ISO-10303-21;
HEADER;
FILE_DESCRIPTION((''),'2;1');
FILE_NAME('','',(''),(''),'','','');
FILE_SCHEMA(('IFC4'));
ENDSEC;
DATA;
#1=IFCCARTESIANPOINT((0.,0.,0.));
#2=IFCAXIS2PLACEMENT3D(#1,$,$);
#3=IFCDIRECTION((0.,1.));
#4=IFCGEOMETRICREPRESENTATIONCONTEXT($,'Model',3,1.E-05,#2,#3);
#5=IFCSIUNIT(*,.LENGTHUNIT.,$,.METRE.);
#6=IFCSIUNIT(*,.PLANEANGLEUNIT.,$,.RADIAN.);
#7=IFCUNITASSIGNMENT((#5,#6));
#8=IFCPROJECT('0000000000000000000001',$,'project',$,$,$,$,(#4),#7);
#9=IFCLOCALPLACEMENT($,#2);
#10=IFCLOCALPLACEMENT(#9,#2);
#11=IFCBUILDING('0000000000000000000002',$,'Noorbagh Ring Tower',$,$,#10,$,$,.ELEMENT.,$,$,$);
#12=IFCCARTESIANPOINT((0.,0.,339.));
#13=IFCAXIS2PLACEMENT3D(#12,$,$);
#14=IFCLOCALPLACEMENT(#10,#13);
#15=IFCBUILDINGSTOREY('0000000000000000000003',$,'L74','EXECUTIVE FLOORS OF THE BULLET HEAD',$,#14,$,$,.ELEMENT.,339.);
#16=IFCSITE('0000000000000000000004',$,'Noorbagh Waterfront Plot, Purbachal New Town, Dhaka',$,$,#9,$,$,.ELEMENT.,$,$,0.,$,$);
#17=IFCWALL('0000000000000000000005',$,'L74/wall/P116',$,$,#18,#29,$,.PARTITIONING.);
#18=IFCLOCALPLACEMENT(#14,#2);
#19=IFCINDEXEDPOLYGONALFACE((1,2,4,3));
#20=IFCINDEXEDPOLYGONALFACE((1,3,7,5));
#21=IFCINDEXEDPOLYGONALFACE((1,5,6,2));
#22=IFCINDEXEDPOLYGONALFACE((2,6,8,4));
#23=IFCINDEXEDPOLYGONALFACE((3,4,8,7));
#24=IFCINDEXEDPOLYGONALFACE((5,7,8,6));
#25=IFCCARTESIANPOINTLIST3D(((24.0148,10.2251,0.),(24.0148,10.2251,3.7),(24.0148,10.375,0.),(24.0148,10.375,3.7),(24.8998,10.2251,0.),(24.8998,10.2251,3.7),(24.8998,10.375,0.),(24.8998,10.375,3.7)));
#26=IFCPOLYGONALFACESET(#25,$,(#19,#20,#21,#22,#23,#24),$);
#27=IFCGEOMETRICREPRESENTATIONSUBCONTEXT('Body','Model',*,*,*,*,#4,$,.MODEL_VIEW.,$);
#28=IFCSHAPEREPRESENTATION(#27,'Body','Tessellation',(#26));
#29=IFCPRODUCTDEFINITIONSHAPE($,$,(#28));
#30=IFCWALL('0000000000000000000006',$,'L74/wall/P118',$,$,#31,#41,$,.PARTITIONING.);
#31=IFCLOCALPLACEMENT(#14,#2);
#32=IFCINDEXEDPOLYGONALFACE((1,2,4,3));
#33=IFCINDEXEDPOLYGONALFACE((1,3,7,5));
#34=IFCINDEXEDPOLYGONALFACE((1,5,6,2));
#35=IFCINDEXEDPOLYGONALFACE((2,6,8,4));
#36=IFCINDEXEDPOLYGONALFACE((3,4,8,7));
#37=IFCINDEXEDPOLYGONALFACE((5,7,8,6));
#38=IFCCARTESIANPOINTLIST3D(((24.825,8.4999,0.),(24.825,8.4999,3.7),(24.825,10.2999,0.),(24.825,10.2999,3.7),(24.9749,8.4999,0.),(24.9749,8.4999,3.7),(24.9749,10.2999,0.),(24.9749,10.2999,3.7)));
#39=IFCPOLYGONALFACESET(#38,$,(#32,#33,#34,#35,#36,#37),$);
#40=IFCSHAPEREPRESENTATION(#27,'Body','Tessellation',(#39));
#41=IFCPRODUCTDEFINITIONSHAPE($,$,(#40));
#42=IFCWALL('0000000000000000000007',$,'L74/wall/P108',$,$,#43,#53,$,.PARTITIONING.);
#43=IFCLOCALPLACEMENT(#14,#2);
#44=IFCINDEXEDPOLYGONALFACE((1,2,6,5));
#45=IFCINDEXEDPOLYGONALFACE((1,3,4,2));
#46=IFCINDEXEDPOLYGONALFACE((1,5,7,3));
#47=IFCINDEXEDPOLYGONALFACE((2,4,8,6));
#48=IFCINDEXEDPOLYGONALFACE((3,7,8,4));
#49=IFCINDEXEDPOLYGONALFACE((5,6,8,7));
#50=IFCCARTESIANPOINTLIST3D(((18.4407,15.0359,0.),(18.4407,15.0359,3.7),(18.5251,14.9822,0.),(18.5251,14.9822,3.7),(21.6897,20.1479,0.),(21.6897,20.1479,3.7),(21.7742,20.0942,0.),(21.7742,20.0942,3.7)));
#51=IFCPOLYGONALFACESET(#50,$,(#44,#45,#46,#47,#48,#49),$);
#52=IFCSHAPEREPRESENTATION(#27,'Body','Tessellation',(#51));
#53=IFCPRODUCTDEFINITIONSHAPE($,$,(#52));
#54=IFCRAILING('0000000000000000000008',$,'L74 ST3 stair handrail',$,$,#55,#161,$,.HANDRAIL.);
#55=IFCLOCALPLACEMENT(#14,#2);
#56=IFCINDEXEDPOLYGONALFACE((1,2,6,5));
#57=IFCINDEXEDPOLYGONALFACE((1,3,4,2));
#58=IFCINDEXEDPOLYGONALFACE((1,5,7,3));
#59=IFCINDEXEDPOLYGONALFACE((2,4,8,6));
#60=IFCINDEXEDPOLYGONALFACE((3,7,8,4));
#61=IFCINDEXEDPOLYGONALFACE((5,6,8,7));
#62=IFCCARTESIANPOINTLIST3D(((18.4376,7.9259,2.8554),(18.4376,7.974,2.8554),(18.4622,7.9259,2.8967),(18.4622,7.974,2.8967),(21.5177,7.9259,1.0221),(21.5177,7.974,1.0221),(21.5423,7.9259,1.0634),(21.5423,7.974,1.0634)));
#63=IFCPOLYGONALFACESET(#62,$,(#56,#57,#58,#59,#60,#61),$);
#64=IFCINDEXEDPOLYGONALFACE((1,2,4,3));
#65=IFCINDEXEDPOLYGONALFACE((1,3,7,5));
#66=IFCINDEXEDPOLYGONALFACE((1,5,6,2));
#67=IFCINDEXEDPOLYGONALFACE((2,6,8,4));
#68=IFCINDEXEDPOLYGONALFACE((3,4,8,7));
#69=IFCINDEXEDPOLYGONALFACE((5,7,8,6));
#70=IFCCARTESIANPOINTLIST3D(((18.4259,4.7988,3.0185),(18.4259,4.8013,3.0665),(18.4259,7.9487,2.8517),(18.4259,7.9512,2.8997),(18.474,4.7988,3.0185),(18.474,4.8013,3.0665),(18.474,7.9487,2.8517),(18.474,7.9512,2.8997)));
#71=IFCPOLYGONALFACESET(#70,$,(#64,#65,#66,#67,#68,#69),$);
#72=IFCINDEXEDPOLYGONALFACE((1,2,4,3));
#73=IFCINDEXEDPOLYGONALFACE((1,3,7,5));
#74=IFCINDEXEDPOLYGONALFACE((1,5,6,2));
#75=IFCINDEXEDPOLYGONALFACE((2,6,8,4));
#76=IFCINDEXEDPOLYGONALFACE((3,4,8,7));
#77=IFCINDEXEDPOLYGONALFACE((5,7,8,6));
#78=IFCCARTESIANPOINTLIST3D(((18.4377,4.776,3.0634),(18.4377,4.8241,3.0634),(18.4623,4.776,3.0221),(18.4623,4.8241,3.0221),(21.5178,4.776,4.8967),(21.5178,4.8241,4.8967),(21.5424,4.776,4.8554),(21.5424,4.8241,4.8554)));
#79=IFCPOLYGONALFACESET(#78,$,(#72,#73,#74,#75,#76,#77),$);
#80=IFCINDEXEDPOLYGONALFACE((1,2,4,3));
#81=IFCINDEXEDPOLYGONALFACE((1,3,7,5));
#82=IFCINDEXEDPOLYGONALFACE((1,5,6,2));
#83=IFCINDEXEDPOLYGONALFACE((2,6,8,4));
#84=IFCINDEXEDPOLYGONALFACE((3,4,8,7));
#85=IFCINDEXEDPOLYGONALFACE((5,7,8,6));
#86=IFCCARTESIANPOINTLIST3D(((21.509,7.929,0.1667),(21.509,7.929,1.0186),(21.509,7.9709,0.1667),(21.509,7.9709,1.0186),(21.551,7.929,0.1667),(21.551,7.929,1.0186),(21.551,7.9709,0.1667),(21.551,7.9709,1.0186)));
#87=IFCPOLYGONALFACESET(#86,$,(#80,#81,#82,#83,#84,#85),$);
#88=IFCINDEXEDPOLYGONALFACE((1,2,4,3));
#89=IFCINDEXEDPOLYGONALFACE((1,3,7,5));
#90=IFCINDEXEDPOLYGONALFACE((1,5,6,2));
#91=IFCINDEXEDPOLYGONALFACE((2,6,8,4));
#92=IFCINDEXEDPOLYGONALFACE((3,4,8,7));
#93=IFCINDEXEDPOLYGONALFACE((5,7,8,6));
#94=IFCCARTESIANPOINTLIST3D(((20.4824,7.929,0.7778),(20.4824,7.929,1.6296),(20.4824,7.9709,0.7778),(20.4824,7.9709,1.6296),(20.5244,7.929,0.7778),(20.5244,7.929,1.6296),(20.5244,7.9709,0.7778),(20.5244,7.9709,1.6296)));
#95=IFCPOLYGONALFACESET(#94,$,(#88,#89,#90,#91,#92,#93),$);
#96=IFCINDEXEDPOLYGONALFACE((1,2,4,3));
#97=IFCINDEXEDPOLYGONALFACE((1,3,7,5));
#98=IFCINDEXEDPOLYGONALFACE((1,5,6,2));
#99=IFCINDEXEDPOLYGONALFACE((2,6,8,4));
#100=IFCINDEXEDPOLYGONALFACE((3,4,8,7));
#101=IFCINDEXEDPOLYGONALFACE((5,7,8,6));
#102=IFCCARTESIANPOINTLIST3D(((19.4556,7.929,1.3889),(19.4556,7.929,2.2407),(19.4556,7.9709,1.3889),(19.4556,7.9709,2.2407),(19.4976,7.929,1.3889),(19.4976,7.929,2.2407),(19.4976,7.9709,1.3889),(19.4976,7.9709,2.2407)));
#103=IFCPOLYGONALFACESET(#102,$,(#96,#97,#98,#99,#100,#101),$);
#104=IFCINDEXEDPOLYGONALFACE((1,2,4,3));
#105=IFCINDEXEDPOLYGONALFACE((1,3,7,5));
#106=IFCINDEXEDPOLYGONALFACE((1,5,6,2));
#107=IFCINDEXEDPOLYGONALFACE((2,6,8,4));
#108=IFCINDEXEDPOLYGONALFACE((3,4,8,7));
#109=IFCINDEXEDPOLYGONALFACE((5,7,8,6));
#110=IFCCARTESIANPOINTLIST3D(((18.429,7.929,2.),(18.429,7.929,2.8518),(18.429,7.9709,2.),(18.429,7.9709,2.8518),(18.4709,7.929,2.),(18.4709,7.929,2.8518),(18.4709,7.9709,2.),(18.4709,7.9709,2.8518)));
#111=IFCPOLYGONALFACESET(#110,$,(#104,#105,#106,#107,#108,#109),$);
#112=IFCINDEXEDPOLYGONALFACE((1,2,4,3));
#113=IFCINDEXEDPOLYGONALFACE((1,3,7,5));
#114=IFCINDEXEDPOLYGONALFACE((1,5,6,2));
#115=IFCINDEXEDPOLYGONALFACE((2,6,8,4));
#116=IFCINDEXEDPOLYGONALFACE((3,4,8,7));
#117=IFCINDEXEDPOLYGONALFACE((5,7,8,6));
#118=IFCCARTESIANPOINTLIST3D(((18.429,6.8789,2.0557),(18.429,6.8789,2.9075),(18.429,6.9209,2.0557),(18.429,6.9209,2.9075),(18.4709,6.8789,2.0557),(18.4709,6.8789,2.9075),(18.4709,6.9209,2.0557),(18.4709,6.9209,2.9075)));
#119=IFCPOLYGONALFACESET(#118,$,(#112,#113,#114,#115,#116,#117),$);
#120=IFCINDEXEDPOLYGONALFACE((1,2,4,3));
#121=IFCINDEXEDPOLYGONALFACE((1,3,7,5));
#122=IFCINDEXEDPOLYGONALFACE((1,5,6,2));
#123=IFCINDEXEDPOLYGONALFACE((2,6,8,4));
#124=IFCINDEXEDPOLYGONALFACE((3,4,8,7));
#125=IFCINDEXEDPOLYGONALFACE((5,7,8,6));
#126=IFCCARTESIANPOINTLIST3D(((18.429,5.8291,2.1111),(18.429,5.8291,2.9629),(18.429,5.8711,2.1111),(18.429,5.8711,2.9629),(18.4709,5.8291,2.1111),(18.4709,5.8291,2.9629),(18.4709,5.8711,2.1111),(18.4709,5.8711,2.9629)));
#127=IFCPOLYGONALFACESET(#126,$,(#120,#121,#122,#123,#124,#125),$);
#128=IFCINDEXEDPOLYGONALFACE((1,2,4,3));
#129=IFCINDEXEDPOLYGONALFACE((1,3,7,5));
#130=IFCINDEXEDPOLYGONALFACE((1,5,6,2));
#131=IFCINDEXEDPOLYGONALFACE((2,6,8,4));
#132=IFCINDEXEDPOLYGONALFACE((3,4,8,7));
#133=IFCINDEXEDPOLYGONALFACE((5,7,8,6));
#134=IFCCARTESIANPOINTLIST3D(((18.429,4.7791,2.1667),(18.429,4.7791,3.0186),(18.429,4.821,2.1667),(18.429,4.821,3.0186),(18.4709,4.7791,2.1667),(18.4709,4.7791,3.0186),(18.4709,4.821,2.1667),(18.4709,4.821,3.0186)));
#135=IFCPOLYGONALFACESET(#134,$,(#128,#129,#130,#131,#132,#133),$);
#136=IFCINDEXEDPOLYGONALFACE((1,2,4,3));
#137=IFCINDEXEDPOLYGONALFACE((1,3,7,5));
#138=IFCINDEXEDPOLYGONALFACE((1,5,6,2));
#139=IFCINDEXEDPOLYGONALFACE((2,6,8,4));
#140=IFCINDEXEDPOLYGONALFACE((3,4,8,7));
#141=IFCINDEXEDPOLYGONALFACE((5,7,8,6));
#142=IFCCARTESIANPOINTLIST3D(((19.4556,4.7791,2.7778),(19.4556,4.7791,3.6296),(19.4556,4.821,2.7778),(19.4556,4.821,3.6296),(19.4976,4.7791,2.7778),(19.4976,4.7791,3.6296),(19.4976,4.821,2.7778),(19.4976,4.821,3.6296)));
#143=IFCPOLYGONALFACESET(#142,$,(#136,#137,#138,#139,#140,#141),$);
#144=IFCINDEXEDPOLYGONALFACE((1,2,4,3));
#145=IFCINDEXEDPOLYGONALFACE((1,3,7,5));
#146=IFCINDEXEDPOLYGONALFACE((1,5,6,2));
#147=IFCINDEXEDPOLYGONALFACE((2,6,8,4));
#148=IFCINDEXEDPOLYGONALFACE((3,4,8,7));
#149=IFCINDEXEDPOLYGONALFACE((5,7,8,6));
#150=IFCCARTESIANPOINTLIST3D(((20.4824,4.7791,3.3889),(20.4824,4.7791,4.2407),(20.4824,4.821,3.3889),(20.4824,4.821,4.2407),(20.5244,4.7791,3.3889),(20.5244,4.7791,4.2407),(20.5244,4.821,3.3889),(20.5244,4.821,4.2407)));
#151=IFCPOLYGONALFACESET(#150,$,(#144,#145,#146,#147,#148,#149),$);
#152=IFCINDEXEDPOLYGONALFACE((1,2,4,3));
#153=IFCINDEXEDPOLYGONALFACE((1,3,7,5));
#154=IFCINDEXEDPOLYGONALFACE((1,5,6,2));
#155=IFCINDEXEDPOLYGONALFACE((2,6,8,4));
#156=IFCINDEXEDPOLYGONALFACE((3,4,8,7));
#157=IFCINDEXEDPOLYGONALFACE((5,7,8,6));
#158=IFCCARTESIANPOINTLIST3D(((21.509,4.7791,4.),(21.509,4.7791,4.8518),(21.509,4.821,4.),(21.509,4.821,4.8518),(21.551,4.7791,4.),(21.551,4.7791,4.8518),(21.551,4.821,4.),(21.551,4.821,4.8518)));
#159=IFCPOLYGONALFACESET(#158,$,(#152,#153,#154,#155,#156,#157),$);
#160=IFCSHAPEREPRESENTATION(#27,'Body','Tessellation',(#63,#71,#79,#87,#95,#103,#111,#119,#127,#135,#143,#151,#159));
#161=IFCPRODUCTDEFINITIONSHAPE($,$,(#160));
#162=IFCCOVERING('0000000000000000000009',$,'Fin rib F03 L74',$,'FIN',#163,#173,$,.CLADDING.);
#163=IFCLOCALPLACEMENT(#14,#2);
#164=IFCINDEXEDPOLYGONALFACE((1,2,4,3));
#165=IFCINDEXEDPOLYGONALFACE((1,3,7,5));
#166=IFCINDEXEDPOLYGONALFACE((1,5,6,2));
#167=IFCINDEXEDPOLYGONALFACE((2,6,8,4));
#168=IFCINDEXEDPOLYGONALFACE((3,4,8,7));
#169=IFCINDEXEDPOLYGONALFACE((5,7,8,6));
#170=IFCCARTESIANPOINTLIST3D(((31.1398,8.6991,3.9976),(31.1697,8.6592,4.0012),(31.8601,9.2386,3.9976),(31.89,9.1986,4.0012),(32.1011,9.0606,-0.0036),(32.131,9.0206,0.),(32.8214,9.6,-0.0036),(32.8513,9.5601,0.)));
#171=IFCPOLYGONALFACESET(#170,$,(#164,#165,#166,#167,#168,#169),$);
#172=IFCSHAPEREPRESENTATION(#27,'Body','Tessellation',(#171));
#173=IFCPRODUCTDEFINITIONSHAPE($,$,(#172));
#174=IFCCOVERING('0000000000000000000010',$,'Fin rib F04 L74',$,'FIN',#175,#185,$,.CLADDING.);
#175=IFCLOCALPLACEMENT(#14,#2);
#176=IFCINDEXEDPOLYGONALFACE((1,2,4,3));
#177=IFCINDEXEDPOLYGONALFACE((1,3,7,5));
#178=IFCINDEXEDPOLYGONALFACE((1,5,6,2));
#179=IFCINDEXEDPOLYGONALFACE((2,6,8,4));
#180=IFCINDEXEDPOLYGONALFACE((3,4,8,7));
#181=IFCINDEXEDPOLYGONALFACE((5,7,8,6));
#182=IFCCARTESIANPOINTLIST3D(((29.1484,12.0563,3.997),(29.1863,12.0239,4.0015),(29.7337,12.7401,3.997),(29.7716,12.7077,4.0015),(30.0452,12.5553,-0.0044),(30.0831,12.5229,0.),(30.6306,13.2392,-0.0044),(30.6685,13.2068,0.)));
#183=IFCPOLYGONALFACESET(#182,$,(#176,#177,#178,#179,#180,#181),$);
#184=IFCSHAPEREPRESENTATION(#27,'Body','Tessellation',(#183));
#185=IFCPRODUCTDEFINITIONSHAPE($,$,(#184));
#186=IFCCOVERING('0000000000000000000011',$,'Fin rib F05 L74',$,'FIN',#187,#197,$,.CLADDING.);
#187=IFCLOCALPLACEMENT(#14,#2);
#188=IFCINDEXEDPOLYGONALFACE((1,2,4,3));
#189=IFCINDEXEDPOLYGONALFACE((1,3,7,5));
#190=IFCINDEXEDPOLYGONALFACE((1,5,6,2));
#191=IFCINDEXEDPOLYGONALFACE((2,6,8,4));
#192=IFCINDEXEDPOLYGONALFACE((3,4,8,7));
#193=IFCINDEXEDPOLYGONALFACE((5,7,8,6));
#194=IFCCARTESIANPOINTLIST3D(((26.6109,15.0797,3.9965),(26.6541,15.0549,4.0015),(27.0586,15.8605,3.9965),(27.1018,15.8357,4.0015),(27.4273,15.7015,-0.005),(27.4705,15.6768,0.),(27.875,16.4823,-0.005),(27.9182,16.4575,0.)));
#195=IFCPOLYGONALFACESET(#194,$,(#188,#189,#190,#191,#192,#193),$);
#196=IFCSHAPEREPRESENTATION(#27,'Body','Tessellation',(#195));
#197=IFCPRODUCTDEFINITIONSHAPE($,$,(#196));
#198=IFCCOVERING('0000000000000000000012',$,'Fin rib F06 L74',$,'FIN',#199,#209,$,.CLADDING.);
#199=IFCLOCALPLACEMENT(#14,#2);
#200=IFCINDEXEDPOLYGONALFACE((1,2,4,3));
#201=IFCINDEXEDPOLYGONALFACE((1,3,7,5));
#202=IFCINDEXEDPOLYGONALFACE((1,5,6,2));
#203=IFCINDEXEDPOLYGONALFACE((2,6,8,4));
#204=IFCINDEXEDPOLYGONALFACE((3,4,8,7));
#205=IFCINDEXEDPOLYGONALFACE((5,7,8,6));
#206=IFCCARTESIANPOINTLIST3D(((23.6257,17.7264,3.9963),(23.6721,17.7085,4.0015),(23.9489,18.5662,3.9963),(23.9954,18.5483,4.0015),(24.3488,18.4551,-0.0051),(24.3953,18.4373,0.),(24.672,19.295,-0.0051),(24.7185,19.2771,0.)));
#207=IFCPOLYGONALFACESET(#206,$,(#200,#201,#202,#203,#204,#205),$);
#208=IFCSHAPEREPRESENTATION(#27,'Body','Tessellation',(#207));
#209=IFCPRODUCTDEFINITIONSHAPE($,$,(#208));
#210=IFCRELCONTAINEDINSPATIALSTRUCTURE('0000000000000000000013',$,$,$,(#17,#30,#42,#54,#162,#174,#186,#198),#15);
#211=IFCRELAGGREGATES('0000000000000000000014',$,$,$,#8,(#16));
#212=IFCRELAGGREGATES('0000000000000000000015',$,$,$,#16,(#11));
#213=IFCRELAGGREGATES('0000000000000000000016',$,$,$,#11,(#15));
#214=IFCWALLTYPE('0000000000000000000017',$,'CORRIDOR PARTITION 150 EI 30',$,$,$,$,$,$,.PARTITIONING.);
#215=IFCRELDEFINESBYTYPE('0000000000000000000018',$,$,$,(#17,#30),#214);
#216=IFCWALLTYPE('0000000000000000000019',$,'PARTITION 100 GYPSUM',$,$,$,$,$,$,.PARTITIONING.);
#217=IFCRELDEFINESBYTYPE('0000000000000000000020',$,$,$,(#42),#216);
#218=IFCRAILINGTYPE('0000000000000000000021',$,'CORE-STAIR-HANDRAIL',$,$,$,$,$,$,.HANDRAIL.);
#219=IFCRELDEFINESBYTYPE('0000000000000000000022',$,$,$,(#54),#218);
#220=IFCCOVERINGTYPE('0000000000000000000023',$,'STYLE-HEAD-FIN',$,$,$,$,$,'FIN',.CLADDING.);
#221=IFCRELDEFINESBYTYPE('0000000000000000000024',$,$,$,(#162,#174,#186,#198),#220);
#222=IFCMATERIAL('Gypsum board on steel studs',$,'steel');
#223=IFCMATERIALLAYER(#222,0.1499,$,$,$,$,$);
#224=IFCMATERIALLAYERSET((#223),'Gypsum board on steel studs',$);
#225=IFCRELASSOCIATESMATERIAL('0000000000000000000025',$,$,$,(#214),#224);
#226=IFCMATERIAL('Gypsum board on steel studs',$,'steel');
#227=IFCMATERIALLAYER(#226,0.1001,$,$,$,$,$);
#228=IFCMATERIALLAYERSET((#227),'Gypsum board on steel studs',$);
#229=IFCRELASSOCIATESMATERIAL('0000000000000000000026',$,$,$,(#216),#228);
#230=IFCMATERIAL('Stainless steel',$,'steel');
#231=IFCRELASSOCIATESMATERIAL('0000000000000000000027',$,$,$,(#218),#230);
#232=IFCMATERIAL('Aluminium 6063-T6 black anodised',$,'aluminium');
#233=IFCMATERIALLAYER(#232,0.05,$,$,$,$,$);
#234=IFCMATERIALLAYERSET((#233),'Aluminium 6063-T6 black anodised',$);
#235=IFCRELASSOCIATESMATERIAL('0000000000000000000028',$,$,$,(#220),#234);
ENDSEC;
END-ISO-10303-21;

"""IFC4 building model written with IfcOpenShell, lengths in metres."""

from ifc_helpers import new_model, si_unit, direction, frame, frame_2d, origin, origin_2d, place, context, subcontext, project, spatial, polyline, rectangle, outline, extrude, material, layer, layer_set, type_object, element, save


model = new_model("IFC4")

# Units and contexts
model_context = context("Model", 3, precision=1e-05, world=origin(), true_north=direction((0.0, 1.0)))
body_context = subcontext(model_context, "Body", "Model", "MODEL_VIEW")
ifc_project = project(units=[si_unit("LENGTHUNIT", "METRE"), si_unit("PLANEANGLEUNIT", "RADIAN")], contexts=[model_context])

# Site, building, storey
site_placement = place(None, origin())
site = spatial("IfcSite", under=ifc_project, at=site_placement, Name="Noorbagh Waterfront Plot, Purbachal New Town, Dhaka", CompositionType="ELEMENT", RefElevation=0.0)
building_placement = place(site_placement, origin())
building = spatial("IfcBuilding", under=site, at=building_placement, Name="Noorbagh Ring Tower", CompositionType="ELEMENT")
storey_placement = place(building_placement, frame((0.0, 0.0, 339.0)))
storey = spatial("IfcBuildingStorey", under=building, at=storey_placement, Name="L74", Description="EXECUTIVE FLOORS OF THE BULLET HEAD", CompositionType="ELEMENT", Elevation=339.0)

# Shared definitions
ifc_material_1 = material(Name="Gypsum board on steel studs", Category="steel")
ifc_layer_1 = layer(ifc_material_1, 0.1499)
ifc_layer_set_1 = layer_set([ifc_layer_1], Name="Gypsum board on steel studs")
wall_type_1 = type_object("IfcWallType", Name="CORRIDOR PARTITION 150 EI 30", PredefinedType="PARTITIONING", material=ifc_layer_set_1)

# Walls
wall_1_placement = place(storey_placement, frame((24.0149, 10.3, 0.0), z_axis=(0.0, 0.0, 1.0), x_axis=(1.0, 0.0, 0.0)))
element("IfcWall", 1, at=wall_1_placement, inside=storey, type_object=wall_type_1, Name="L74/wall/P116", PredefinedType="PARTITIONING", context=body_context, shape_type="SweptSolid", body=[
    extrude(rectangle(XDim=0.885, YDim=0.1499, at=frame_2d((0.4424, 0.0))), origin(), (0.0, 0.0, 1.0), 3.7),
])
wall_2_placement = place(storey_placement, frame((24.8999, 8.5, 0.0), z_axis=(0.0, 0.0, 1.0), x_axis=(0.0, 1.0, 0.0)))
element("IfcWall", 2, at=wall_2_placement, inside=storey, type_object=wall_type_1, Name="L74/wall/P118", PredefinedType="PARTITIONING", context=body_context, shape_type="SweptSolid", body=[
    extrude(rectangle(XDim=1.8, YDim=0.1499, at=frame_2d((0.8999, 0.0))), origin(), (0.0, 0.0, 1.0), 3.7),
])
ifc_material_2 = material(Name="Gypsum board on steel studs", Category="steel")
ifc_layer_2 = layer(ifc_material_2, 0.1001)
ifc_layer_set_2 = layer_set([ifc_layer_2], Name="Gypsum board on steel studs")
wall_type_2 = type_object("IfcWallType", Name="PARTITION 100 GYPSUM", PredefinedType="PARTITIONING", material=ifc_layer_set_2)
wall_3_placement = place(storey_placement, frame((18.4829, 15.009, 0.0), z_axis=(0.0, 0.0, 1.0), x_axis=(0.536393, 0.843968, 0.0)))
element("IfcWall", 3, at=wall_3_placement, inside=storey, type_object=wall_type_2, Name="L74/wall/P108", PredefinedType="PARTITIONING", context=body_context, shape_type="SweptSolid", body=[
    extrude(rectangle(XDim=6.0571, YDim=0.1001, at=frame_2d((3.0286, 0.0))), origin(), (0.0, 0.0, 1.0), 3.7),
])

# Railing
ifc_material_3 = material(Name="Stainless steel", Category="steel")
railing_type = type_object("IfcRailingType", Name="CORE-STAIR-HANDRAIL", PredefinedType="HANDRAIL", material=ifc_material_3)
railing_placement = place(storey_placement, frame((21.53, 7.95, 0.1667)))
element("IfcRailing", 4, at=railing_placement, inside=storey, type_object=railing_type, Name="L74 ST3 stair handrail", PredefinedType="HANDRAIL", context=body_context, shape_type="SweptSolid", body=[
    extrude(rectangle(XDim=0.0481, YDim=0.0481, at=origin_2d()), frame((0.0, 0.0, 0.876), z_axis=(-0.859309, 0.0, 0.511458), x_axis=(0.0, -1.0, 0.0)), (0.0, 0.0, 1.0), 3.5845),
    extrude(rectangle(XDim=0.0481, YDim=0.0481, at=origin_2d()), frame((-3.0801, 0.0, 2.709), z_axis=(0.0, -0.998602, 0.052864), x_axis=(1.0, 0.0, 0.0)), (0.0, 0.0, 1.0), 3.1543),
    extrude(rectangle(XDim=0.0481, YDim=0.0481, at=origin_2d()), frame((-3.0801, -3.1499, 2.876), z_axis=(0.859309, 0.0, 0.511458), x_axis=(0.0, 1.0, 0.0)), (0.0, 0.0, 1.0), 3.5845),
    extrude(rectangle(XDim=0.042, YDim=0.042, at=origin_2d()), origin(), (0.0, 0.0, 1.0), 0.8518),
    extrude(rectangle(XDim=0.042, YDim=0.042, at=origin_2d()), frame((-1.0266, 0.0, 0.6111)), (0.0, 0.0, 1.0), 0.8518),
    extrude(rectangle(XDim=0.042, YDim=0.042, at=origin_2d()), frame((-2.0535, 0.0, 1.2222)), (0.0, 0.0, 1.0), 0.8518),
    extrude(rectangle(XDim=0.042, YDim=0.042, at=origin_2d()), frame((-3.0801, 0.0, 1.8333)), (0.0, 0.0, 1.0), 0.8518),
    extrude(rectangle(XDim=0.042, YDim=0.042, at=origin_2d()), frame((-3.0801, -1.05, 1.8889)), (0.0, 0.0, 1.0), 0.8518),
    extrude(rectangle(XDim=0.042, YDim=0.042, at=origin_2d()), frame((-3.0801, -2.0999, 1.9443)), (0.0, 0.0, 1.0), 0.8518),
    extrude(rectangle(XDim=0.042, YDim=0.042, at=origin_2d()), frame((-3.0801, -3.1499, 2.0)), (0.0, 0.0, 1.0), 0.8518),
    extrude(rectangle(XDim=0.042, YDim=0.042, at=origin_2d()), frame((-2.0535, -3.1499, 2.6111)), (0.0, 0.0, 1.0), 0.8518),
    extrude(rectangle(XDim=0.042, YDim=0.042, at=origin_2d()), frame((-1.0266, -3.1499, 3.2222)), (0.0, 0.0, 1.0), 0.8518),
    extrude(rectangle(XDim=0.042, YDim=0.042, at=origin_2d()), frame((0.0, -3.1499, 3.8333)), (0.0, 0.0, 1.0), 0.8518),
])

# Coverings
ifc_material_4 = material(Name="Aluminium 6063-T6 black anodised", Category="aluminium")
ifc_layer_3 = layer(ifc_material_4, 0.05)
ifc_layer_set_3 = layer_set([ifc_layer_3], Name="Aluminium 6063-T6 black anodised")
covering_type_1 = type_object("IfcCoveringType", Name="STYLE-HEAD-FIN", ElementType="FIN", PredefinedType="CLADDING", material=ifc_layer_set_3)
covering_1_placement = place(storey_placement, frame((32.8513, 9.5601, 0.0), z_axis=(0.597879, -0.79839, 0.071519), x_axis=(-0.232705, -0.087496, 0.968603)))
element("IfcCovering", 5, at=covering_1_placement, inside=storey, type_object=covering_type_1, Name="Fin rib F03 L74", ObjectType="FIN", PredefinedType="CLADDING", context=body_context, shape_type="SweptSolid", body=[
    extrude(outline(polyline([(0.0, 0.0), (4.1309, 0.0), (4.3457, 0.8739), (0.2148, 0.8739), (0.0, 0.0)])), origin(), (0.0, 0.0, -1.0), 0.05),
])
covering_2_placement = place(storey_placement, frame((30.6685, 13.2068, 0.0), z_axis=(0.756703, -0.647696, 0.088826), x_axis=(-0.217114, -0.120814, 0.968641)))
element("IfcCovering", 6, at=covering_2_placement, inside=storey, type_object=covering_type_1, Name="Fin rib F04 L74", ObjectType="FIN", PredefinedType="CLADDING", context=body_context, shape_type="SweptSolid", body=[
    extrude(outline(polyline([(0.0, 0.0), (4.131, 0.0), (4.3407, 0.8753), (0.2097, 0.8754), (0.0, 0.0)])), origin(), (0.0, 0.0, -1.0), 0.05),
])
covering_3_placement = place(storey_placement, frame((27.9182, 16.4575, 0.0), z_axis=(0.863196, -0.495029, 0.099188), x_axis=(-0.197631, -0.150528, 0.96865)))
element("IfcCovering", 7, at=covering_3_placement, inside=storey, type_object=covering_type_1, Name="Fin rib F05 L74", ObjectType="FIN", PredefinedType="CLADDING", context=body_context, shape_type="SweptSolid", body=[
    extrude(outline(polyline([(0.0, 0.0), (4.131, 0.0), (4.337, 0.8761), (0.206, 0.8761), (0.0, 0.0)])), origin(), (0.0, 0.0, -1.0), 0.05),
])
covering_4_placement = place(storey_placement, frame((24.7185, 19.2771, 0.0), z_axis=(0.928327, -0.357298, 0.102695), x_axis=(-0.17505, -0.176409, 0.968626)))
element("IfcCovering", 8, at=covering_4_placement, inside=storey, type_object=covering_type_1, Name="Fin rib F06 L74", ObjectType="FIN", PredefinedType="CLADDING", context=body_context, shape_type="SweptSolid", body=[
    extrude(outline(polyline([(0.0, 0.0), (4.1311, 0.0), (4.3358, 0.8763), (0.2047, 0.8763), (0.0, 0.0)])), origin(), (0.0, 0.0, -1.0), 0.05),
])

save(model, "model.ifc")
